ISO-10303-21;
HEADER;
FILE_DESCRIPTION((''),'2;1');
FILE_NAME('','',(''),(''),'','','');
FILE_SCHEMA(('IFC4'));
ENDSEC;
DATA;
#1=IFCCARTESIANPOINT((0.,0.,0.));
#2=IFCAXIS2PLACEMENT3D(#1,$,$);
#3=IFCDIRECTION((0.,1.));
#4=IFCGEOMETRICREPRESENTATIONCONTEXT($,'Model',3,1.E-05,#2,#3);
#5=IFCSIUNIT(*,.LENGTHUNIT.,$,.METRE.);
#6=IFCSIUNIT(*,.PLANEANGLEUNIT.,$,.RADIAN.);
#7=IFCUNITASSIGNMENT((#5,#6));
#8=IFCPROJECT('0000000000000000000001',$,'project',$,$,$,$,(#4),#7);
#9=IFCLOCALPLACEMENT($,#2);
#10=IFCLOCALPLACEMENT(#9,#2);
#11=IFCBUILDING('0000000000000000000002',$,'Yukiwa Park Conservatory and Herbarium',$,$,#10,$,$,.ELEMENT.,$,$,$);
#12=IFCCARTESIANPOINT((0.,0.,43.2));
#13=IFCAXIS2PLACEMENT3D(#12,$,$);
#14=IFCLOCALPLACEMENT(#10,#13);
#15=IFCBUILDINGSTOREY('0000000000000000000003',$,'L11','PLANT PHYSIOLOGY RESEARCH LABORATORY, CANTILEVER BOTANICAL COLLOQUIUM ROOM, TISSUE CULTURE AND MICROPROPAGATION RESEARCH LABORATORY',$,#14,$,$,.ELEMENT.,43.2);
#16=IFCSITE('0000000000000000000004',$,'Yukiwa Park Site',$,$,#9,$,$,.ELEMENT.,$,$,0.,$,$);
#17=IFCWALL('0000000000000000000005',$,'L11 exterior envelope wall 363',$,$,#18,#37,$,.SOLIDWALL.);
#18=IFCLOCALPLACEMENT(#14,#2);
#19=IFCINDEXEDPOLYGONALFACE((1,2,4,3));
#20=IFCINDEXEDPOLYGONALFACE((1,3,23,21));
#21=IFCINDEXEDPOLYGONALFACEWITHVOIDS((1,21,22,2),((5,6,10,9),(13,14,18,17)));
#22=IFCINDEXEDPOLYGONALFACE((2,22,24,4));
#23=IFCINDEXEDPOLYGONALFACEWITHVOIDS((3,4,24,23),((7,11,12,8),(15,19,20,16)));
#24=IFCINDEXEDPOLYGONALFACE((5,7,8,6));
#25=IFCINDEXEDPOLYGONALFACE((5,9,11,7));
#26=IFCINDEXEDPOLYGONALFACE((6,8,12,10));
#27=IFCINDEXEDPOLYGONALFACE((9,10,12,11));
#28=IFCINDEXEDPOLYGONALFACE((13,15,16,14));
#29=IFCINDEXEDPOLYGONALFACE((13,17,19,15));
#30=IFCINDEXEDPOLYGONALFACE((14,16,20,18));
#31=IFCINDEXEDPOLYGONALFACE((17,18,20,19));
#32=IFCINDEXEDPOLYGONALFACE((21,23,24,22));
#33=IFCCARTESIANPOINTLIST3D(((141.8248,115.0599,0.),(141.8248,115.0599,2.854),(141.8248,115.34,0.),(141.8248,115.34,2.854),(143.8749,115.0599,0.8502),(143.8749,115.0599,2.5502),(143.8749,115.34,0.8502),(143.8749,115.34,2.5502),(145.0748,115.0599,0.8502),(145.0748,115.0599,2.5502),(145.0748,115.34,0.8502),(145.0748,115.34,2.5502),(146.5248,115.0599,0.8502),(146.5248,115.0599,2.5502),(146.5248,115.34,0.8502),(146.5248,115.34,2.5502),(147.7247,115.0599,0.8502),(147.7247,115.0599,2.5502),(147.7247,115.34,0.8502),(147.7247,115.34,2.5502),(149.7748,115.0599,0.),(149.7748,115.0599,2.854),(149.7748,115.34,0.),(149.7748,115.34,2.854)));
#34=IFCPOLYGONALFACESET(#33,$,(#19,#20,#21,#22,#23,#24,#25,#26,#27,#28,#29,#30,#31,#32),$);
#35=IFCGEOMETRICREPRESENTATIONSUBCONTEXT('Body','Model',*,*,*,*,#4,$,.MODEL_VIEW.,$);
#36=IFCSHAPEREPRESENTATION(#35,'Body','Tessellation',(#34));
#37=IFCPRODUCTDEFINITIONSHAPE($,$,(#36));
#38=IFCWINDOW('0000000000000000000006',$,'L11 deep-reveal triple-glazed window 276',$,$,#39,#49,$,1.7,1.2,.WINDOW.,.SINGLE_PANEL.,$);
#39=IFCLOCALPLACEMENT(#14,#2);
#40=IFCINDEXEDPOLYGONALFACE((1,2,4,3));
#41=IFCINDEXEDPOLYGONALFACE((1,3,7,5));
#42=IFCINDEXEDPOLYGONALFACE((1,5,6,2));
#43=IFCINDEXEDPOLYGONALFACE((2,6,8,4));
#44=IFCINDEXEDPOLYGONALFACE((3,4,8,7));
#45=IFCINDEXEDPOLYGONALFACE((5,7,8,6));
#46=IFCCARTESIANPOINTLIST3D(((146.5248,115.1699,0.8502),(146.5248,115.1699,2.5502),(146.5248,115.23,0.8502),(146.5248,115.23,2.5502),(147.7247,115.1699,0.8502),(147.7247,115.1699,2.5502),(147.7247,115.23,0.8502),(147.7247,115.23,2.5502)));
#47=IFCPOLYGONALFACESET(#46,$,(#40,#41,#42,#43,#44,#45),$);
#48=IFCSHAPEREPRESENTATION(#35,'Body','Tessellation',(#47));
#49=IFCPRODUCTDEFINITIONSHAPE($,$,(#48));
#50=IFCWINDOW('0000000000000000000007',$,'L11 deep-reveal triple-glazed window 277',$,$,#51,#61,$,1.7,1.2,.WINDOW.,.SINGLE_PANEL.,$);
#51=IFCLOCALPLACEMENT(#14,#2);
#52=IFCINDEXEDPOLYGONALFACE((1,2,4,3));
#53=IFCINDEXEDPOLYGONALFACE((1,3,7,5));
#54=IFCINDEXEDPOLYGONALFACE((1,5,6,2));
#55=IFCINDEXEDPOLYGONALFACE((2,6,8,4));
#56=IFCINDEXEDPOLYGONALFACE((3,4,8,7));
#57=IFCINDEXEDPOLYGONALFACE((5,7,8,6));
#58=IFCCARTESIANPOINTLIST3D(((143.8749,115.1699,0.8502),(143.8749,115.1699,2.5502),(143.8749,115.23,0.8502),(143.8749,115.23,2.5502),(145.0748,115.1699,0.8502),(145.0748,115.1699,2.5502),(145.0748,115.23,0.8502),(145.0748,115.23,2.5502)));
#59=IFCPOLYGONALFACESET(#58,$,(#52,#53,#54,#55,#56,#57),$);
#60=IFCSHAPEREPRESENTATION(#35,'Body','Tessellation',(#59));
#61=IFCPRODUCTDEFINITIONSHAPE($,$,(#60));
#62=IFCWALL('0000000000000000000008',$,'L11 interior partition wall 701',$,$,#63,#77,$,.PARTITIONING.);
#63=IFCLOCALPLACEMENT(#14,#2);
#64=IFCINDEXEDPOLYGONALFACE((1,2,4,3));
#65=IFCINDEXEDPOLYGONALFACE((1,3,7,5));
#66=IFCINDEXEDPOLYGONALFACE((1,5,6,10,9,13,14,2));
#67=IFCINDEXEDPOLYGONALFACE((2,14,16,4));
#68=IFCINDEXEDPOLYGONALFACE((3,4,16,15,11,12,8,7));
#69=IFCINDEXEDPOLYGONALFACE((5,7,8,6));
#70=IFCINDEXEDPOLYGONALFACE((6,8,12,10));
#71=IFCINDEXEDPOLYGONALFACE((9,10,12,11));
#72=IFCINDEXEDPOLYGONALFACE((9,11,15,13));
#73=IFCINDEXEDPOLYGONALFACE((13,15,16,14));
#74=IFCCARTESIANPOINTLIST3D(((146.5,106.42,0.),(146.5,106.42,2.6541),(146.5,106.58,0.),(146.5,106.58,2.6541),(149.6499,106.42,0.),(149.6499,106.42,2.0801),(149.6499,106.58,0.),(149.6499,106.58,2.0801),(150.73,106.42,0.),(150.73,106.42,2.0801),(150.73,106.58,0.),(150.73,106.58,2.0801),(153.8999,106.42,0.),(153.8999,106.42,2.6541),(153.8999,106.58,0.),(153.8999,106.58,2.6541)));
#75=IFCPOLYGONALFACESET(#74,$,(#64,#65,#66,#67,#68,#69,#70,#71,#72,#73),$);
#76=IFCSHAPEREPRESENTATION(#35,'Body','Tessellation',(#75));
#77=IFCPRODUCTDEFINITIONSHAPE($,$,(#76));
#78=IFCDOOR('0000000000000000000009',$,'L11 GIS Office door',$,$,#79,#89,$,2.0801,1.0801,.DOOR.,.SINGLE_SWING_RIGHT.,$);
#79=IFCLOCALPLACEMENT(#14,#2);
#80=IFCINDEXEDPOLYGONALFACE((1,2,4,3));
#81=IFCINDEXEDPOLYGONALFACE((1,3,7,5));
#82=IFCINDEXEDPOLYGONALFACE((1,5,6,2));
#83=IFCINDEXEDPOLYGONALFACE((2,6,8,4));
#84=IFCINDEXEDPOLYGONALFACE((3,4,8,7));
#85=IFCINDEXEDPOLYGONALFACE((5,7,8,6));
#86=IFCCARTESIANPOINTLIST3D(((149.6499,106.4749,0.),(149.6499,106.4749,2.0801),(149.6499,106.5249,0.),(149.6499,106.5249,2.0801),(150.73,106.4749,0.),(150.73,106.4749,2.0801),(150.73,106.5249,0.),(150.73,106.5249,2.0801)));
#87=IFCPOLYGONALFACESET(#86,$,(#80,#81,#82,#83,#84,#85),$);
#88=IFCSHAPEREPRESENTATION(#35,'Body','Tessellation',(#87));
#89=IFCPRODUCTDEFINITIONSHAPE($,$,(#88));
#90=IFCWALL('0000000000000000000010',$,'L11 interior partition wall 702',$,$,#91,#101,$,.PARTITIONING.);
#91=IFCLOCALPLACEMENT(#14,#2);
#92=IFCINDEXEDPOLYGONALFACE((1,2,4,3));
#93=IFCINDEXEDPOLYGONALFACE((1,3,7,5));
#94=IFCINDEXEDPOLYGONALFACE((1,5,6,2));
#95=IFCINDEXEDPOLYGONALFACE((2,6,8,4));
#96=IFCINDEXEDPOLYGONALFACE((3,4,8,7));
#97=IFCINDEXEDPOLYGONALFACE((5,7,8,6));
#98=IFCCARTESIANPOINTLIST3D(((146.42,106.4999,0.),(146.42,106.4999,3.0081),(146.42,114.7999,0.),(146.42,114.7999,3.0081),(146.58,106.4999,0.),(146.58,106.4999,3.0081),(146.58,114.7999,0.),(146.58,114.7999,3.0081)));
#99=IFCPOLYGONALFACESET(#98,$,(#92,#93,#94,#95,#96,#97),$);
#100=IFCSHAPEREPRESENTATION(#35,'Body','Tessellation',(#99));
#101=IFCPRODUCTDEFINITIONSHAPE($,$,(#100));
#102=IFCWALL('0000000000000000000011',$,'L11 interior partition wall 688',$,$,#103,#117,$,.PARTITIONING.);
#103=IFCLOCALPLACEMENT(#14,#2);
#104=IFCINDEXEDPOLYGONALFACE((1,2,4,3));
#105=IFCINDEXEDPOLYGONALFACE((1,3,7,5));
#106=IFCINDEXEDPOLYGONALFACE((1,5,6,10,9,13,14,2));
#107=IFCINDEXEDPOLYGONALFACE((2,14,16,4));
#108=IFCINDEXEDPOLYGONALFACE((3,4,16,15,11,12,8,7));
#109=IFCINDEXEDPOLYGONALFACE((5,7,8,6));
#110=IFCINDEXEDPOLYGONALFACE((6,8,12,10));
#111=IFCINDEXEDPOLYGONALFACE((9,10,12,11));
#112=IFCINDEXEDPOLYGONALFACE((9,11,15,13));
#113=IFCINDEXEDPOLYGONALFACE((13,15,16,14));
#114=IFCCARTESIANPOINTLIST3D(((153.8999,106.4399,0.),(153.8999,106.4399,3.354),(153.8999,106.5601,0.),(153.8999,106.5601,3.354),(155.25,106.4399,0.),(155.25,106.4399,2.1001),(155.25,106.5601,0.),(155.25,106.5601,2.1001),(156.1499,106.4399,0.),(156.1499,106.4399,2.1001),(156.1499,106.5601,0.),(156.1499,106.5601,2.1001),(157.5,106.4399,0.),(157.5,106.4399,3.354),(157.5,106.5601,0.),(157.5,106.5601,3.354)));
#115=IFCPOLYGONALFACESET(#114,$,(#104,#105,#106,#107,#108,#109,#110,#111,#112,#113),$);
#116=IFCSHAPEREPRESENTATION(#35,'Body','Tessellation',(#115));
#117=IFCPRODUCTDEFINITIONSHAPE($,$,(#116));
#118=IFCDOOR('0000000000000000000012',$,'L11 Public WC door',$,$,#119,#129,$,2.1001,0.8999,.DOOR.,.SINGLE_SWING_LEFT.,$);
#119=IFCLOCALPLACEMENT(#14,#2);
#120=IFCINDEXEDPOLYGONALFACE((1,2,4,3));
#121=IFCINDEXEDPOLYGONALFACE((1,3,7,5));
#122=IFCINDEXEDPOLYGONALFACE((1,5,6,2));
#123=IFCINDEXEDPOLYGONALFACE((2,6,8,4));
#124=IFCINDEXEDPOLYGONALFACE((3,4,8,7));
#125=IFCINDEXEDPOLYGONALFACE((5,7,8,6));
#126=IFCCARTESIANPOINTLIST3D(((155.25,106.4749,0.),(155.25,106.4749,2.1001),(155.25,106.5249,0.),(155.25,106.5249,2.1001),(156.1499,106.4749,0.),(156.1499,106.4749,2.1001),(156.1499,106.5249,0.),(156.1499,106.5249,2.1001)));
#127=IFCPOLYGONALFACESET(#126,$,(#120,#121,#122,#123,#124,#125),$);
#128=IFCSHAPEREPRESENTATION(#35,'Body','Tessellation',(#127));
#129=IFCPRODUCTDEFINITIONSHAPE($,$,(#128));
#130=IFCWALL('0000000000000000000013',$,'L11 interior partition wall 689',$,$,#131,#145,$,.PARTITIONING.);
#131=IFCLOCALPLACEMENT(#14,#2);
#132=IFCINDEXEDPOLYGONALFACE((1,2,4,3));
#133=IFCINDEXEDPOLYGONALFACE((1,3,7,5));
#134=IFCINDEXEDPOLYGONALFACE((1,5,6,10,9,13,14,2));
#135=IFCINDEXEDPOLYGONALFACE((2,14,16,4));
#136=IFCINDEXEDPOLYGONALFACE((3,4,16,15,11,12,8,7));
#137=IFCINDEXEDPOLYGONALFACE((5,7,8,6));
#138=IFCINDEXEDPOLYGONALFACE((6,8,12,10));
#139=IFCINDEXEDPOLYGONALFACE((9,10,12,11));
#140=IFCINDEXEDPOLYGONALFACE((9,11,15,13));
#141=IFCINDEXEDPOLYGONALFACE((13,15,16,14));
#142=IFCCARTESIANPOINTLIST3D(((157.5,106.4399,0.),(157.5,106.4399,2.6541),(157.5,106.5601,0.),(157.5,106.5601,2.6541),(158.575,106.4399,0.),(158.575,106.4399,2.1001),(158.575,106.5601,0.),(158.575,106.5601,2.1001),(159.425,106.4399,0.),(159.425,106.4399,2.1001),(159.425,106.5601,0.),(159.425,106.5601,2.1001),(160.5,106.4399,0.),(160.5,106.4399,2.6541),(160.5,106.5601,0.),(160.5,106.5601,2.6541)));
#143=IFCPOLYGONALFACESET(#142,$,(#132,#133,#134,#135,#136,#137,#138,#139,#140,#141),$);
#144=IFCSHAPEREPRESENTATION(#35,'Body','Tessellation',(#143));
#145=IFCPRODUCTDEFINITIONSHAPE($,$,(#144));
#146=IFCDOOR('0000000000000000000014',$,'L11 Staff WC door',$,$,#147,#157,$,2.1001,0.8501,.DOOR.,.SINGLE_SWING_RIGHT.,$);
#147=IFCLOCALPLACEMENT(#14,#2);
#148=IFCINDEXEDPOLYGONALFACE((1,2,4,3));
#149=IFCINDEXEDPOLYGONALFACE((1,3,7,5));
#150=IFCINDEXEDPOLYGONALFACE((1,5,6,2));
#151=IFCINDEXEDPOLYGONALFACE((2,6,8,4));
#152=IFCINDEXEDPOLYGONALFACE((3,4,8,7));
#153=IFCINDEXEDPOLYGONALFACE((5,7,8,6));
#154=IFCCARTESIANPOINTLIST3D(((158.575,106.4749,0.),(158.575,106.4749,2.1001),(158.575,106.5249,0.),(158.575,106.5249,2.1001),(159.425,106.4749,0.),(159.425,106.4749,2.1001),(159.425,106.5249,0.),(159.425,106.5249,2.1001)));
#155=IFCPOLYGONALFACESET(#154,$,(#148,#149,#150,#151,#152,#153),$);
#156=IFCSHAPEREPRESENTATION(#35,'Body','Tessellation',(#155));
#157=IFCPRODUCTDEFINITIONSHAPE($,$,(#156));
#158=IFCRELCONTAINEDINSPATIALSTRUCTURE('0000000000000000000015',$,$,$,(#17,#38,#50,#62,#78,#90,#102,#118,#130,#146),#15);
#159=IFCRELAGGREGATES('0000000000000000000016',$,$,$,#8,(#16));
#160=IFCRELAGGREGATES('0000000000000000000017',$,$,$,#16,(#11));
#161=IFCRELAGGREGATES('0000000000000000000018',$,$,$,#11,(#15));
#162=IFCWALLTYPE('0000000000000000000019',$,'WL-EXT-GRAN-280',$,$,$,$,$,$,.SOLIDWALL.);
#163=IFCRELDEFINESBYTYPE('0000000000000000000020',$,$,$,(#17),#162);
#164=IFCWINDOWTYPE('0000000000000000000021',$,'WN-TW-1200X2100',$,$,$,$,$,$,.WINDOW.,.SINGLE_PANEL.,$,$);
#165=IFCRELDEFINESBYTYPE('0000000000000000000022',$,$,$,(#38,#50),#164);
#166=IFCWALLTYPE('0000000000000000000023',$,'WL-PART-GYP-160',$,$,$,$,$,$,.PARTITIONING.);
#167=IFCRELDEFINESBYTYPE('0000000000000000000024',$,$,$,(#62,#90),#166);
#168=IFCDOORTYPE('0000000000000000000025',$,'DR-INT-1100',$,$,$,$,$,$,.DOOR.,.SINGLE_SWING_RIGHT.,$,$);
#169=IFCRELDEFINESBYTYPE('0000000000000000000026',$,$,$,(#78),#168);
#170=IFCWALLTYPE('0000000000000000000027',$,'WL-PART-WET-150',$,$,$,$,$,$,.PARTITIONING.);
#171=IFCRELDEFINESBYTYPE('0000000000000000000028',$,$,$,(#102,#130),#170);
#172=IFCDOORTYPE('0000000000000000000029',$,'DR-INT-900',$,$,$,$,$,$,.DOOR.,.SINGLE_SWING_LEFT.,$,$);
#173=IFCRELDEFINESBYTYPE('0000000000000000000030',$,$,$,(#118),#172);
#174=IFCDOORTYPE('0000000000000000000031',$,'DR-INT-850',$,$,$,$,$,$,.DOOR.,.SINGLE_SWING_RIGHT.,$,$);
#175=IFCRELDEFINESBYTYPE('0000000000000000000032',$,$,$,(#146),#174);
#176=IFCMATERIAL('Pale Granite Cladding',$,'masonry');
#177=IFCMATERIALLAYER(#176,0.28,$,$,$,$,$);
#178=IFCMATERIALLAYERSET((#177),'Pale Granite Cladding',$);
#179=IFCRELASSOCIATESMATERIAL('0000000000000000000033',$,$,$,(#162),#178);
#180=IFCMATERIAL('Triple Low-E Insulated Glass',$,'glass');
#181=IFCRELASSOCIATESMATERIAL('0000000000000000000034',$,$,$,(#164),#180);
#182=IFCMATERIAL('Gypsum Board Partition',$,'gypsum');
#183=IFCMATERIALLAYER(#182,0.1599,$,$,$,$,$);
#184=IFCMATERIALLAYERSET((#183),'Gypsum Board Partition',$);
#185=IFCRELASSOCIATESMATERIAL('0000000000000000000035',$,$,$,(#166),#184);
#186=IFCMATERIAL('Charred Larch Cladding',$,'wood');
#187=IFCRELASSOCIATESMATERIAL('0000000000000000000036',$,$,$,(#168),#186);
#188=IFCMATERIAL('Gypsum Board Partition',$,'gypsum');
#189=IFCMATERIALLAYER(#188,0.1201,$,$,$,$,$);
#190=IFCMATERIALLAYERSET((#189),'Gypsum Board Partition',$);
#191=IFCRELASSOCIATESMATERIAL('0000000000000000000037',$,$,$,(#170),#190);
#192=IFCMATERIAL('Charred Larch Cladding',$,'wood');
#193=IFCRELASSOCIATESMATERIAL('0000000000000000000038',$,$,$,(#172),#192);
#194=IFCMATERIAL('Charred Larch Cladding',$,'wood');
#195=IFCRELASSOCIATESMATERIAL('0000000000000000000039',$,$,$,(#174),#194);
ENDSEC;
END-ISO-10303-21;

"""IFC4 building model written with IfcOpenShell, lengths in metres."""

from ifc_helpers import new_model, si_unit, direction, frame, frame_2d, origin, place, context, subcontext, project, spatial, rectangle, extrude, material, layer, layer_set, type_object, element, fill, save


model = new_model("IFC4")

# Units and contexts
model_context = context("Model", 3, precision=1e-05, world=origin(), true_north=direction((0.0, 1.0)))
body_context = subcontext(model_context, "Body", "Model", "MODEL_VIEW")
ifc_project = project(units=[si_unit("LENGTHUNIT", "METRE"), si_unit("PLANEANGLEUNIT", "RADIAN")], contexts=[model_context])

# Site, building, storey
site_placement = place(None, origin())
site = spatial("IfcSite", under=ifc_project, at=site_placement, Name="Yukiwa Park Site", CompositionType="ELEMENT", RefElevation=0.0)
building_placement = place(site_placement, origin())
building = spatial("IfcBuilding", under=site, at=building_placement, Name="Yukiwa Park Conservatory and Herbarium", CompositionType="ELEMENT")
storey_placement = place(building_placement, frame((0.0, 0.0, 43.2)))
storey = spatial("IfcBuildingStorey", under=building, at=storey_placement, Name="L11", Description="PLANT PHYSIOLOGY RESEARCH LABORATORY, CANTILEVER BOTANICAL COLLOQUIUM ROOM, TISSUE CULTURE AND MICROPROPAGATION RESEARCH LABORATORY", CompositionType="ELEMENT", Elevation=43.2)

# Shared definitions
ifc_material_1 = material(Name="Pale Granite Cladding", Category="masonry")
ifc_layer_1 = layer(ifc_material_1, 0.28)
ifc_layer_set_1 = layer_set([ifc_layer_1], Name="Pale Granite Cladding")
wall_type_1 = type_object("IfcWallType", Name="WL-EXT-GRAN-280", PredefinedType="SOLIDWALL", material=ifc_layer_set_1)

# Wall, openings, windows
wall_1_placement = place(storey_placement, frame((149.7749, 115.2, 0.0), z_axis=(0.0, 0.0, 1.0), x_axis=(-1.0, 0.0, 0.0)))
wall_1 = element("IfcWall", 1, at=wall_1_placement, inside=storey, type_object=wall_type_1, Name="L11 exterior envelope wall 363", PredefinedType="SOLIDWALL", context=body_context, shape_type="SweptSolid", body=[
    extrude(rectangle(XDim=7.95, YDim=0.28, at=frame_2d((3.9751, 0.0))), origin(), (0.0, 0.0, 1.0), 2.854),
])
opening_1_placement = place(wall_1_placement, frame((2.05, 0.0, 0.8501)))
opening_1 = element("IfcOpeningElement", 2, at=opening_1_placement, cuts=wall_1, PredefinedType="OPENING", context=body_context, shape_type="SweptSolid", body=[
    extrude(rectangle(XDim=1.2, YDim=1.7, at=frame_2d((0.6001, 0.8501))), frame((0.0, 0.1499, 0.0), z_axis=(0.0, -1.0, 0.0), x_axis=(1.0, 0.0, 0.0)), (0.0, 0.0, 1.0), 0.3),
])
opening_2_placement = place(wall_1_placement, frame((4.7, 0.0, 0.8501)))
opening_2 = element("IfcOpeningElement", 3, at=opening_2_placement, cuts=wall_1, PredefinedType="OPENING", context=body_context, shape_type="SweptSolid", body=[
    extrude(rectangle(XDim=1.2, YDim=1.7, at=frame_2d((0.6001, 0.8501))), frame((0.0, 0.1499, 0.0), z_axis=(0.0, -1.0, 0.0), x_axis=(1.0, 0.0, 0.0)), (0.0, 0.0, 1.0), 0.3),
])
ifc_material_2 = material(Name="Triple Low-E Insulated Glass", Category="glass")
window_type = type_object("IfcWindowType", Name="WN-TW-1200X2100", PartitioningType="SINGLE_PANEL", PredefinedType="WINDOW", material=ifc_material_2)
window_1_placement = place(opening_1_placement, origin())
window_1 = element("IfcWindow", 4, at=window_1_placement, inside=storey, type_object=window_type, Name="L11 deep-reveal triple-glazed window 276", OverallHeight=1.7, OverallWidth=1.2, PartitioningType="SINGLE_PANEL", PredefinedType="WINDOW", context=body_context, shape_type="SweptSolid", body=[
    extrude(rectangle(XDim=1.2, YDim=1.7, at=frame_2d((0.6001, 0.8501))), frame((0.0, 0.03, 0.0), z_axis=(0.0, -1.0, 0.0), x_axis=(1.0, 0.0, 0.0)), (0.0, 0.0, 1.0), 0.0601),
])
fill(opening_1, window_1)
window_2_placement = place(opening_2_placement, origin())
window_2 = element("IfcWindow", 5, at=window_2_placement, inside=storey, type_object=window_type, Name="L11 deep-reveal triple-glazed window 277", OverallHeight=1.7, OverallWidth=1.2, PartitioningType="SINGLE_PANEL", PredefinedType="WINDOW", context=body_context, shape_type="SweptSolid", body=[
    extrude(rectangle(XDim=1.2, YDim=1.7, at=frame_2d((0.6001, 0.8501))), frame((0.0, 0.03, 0.0), z_axis=(0.0, -1.0, 0.0), x_axis=(1.0, 0.0, 0.0)), (0.0, 0.0, 1.0), 0.0601),
])
fill(opening_2, window_2)

# Wall, opening, door
ifc_material_3 = material(Name="Gypsum Board Partition", Category="gypsum")
ifc_layer_2 = layer(ifc_material_3, 0.1599)
ifc_layer_set_2 = layer_set([ifc_layer_2], Name="Gypsum Board Partition")
wall_type_2 = type_object("IfcWallType", Name="WL-PART-GYP-160", PredefinedType="PARTITIONING", material=ifc_layer_set_2)
wall_2_placement = place(storey_placement, frame((146.5, 106.5, 0.0), z_axis=(0.0, 0.0, 1.0), x_axis=(1.0, 0.0, 0.0)))
wall_2 = element("IfcWall", 6, at=wall_2_placement, inside=storey, type_object=wall_type_2, Name="L11 interior partition wall 701", PredefinedType="PARTITIONING", context=body_context, shape_type="SweptSolid", body=[
    extrude(rectangle(XDim=7.3999, YDim=0.1599, at=frame_2d((3.7, 0.0))), origin(), (0.0, 0.0, 1.0), 2.6541),
])
opening_3_placement = place(wall_2_placement, frame((3.1499, 0.0, 0.0)))
opening_3 = element("IfcOpeningElement", 7, at=opening_3_placement, cuts=wall_2, PredefinedType="OPENING", context=body_context, shape_type="SweptSolid", body=[
    extrude(rectangle(XDim=1.0801, YDim=2.0801, at=frame_2d((0.54, 1.04))), frame((0.0, 0.0898, 0.0), z_axis=(0.0, -1.0, 0.0), x_axis=(1.0, 0.0, 0.0)), (0.0, 0.0, 1.0), 0.1799),
])
ifc_material_4 = material(Name="Charred Larch Cladding", Category="wood")
door_type_1 = type_object("IfcDoorType", Name="DR-INT-1100", OperationType="SINGLE_SWING_RIGHT", PredefinedType="DOOR", material=ifc_material_4)
door_1_placement = place(opening_3_placement, origin())
door_1 = element("IfcDoor", 8, at=door_1_placement, inside=storey, type_object=door_type_1, Name="L11 GIS Office door", OperationType="SINGLE_SWING_RIGHT", OverallHeight=2.0801, OverallWidth=1.0801, PredefinedType="DOOR", context=body_context, shape_type="SweptSolid", body=[
    extrude(rectangle(XDim=1.0801, YDim=2.0801, at=frame_2d((0.54, 1.04))), frame((0.0, 0.0249, 0.0), z_axis=(0.0, -1.0, 0.0), x_axis=(1.0, 0.0, 0.0)), (0.0, 0.0, 1.0), 0.05),
])
fill(opening_3, door_1)

# Wall
wall_3_placement = place(storey_placement, frame((146.5, 106.5, 0.0), z_axis=(0.0, 0.0, 1.0), x_axis=(0.0, 1.0, 0.0)))
element("IfcWall", 9, at=wall_3_placement, inside=storey, type_object=wall_type_2, Name="L11 interior partition wall 702", PredefinedType="PARTITIONING", context=body_context, shape_type="SweptSolid", body=[
    extrude(rectangle(XDim=8.3, YDim=0.1599, at=frame_2d((4.1499, 0.0))), origin(), (0.0, 0.0, 1.0), 3.0081),
])

# Walls, openings, doors
ifc_material_5 = material(Name="Gypsum Board Partition", Category="gypsum")
ifc_layer_3 = layer(ifc_material_5, 0.1201)
ifc_layer_set_3 = layer_set([ifc_layer_3], Name="Gypsum Board Partition")
wall_type_3 = type_object("IfcWallType", Name="WL-PART-WET-150", PredefinedType="PARTITIONING", material=ifc_layer_set_3)
wall_4_placement = place(storey_placement, frame((153.8999, 106.5, 0.0), z_axis=(0.0, 0.0, 1.0), x_axis=(1.0, 0.0, 0.0)))
wall_4 = element("IfcWall", 10, at=wall_4_placement, inside=storey, type_object=wall_type_3, Name="L11 interior partition wall 688", PredefinedType="PARTITIONING", context=body_context, shape_type="SweptSolid", body=[
    extrude(rectangle(XDim=3.6001, YDim=0.1201, at=frame_2d((1.8, 0.0))), origin(), (0.0, 0.0, 1.0), 3.354),
])
opening_4_placement = place(wall_4_placement, frame((1.3501, 0.0, 0.0)))
opening_4 = element("IfcOpeningElement", 11, at=opening_4_placement, cuts=wall_4, PredefinedType="OPENING", context=body_context, shape_type="SweptSolid", body=[
    extrude(rectangle(XDim=0.8999, YDim=2.1001, at=frame_2d((0.45, 1.05))), frame((0.0, 0.0701, 0.0), z_axis=(0.0, -1.0, 0.0), x_axis=(1.0, 0.0, 0.0)), (0.0, 0.0, 1.0), 0.1401),
])
ifc_material_6 = material(Name="Charred Larch Cladding", Category="wood")
door_type_2 = type_object("IfcDoorType", Name="DR-INT-900", OperationType="SINGLE_SWING_LEFT", PredefinedType="DOOR", material=ifc_material_6)
door_2_placement = place(opening_4_placement, origin())
door_2 = element("IfcDoor", 12, at=door_2_placement, inside=storey, type_object=door_type_2, Name="L11 Public WC door", OperationType="SINGLE_SWING_LEFT", OverallHeight=2.1001, OverallWidth=0.8999, PredefinedType="DOOR", context=body_context, shape_type="SweptSolid", body=[
    extrude(rectangle(XDim=0.8999, YDim=2.1001, at=frame_2d((0.45, 1.05))), frame((0.0, 0.0249, 0.0), z_axis=(0.0, -1.0, 0.0), x_axis=(1.0, 0.0, 0.0)), (0.0, 0.0, 1.0), 0.05),
])
fill(opening_4, door_2)
wall_5_placement = place(storey_placement, frame((157.5, 106.5, 0.0), z_axis=(0.0, 0.0, 1.0), x_axis=(1.0, 0.0, 0.0)))
wall_5 = element("IfcWall", 13, at=wall_5_placement, inside=storey, type_object=wall_type_3, Name="L11 interior partition wall 689", PredefinedType="PARTITIONING", context=body_context, shape_type="SweptSolid", body=[
    extrude(rectangle(XDim=3.0, YDim=0.1201, at=frame_2d((1.5, 0.0))), origin(), (0.0, 0.0, 1.0), 2.6541),
])
opening_5_placement = place(wall_5_placement, frame((1.075, 0.0, 0.0)))
opening_5 = element("IfcOpeningElement", 14, at=opening_5_placement, cuts=wall_5, PredefinedType="OPENING", context=body_context, shape_type="SweptSolid", body=[
    extrude(rectangle(XDim=0.8501, YDim=2.1001, at=frame_2d((0.425, 1.05))), frame((0.0, 0.0701, 0.0), z_axis=(0.0, -1.0, 0.0), x_axis=(1.0, 0.0, 0.0)), (0.0, 0.0, 1.0), 0.1401),
])
ifc_material_7 = material(Name="Charred Larch Cladding", Category="wood")
door_type_3 = type_object("IfcDoorType", Name="DR-INT-850", OperationType="SINGLE_SWING_RIGHT", PredefinedType="DOOR", material=ifc_material_7)
door_3_placement = place(opening_5_placement, origin())
door_3 = element("IfcDoor", 15, at=door_3_placement, inside=storey, type_object=door_type_3, Name="L11 Staff WC door", OperationType="SINGLE_SWING_RIGHT", OverallHeight=2.1001, OverallWidth=0.8501, PredefinedType="DOOR", context=body_context, shape_type="SweptSolid", body=[
    extrude(rectangle(XDim=0.8501, YDim=2.1001, at=frame_2d((0.425, 1.05))), frame((0.0, 0.0249, 0.0), z_axis=(0.0, -1.0, 0.0), x_axis=(1.0, 0.0, 0.0)), (0.0, 0.0, 1.0), 0.05),
])
fill(opening_5, door_3)

save(model, "model.ifc")
